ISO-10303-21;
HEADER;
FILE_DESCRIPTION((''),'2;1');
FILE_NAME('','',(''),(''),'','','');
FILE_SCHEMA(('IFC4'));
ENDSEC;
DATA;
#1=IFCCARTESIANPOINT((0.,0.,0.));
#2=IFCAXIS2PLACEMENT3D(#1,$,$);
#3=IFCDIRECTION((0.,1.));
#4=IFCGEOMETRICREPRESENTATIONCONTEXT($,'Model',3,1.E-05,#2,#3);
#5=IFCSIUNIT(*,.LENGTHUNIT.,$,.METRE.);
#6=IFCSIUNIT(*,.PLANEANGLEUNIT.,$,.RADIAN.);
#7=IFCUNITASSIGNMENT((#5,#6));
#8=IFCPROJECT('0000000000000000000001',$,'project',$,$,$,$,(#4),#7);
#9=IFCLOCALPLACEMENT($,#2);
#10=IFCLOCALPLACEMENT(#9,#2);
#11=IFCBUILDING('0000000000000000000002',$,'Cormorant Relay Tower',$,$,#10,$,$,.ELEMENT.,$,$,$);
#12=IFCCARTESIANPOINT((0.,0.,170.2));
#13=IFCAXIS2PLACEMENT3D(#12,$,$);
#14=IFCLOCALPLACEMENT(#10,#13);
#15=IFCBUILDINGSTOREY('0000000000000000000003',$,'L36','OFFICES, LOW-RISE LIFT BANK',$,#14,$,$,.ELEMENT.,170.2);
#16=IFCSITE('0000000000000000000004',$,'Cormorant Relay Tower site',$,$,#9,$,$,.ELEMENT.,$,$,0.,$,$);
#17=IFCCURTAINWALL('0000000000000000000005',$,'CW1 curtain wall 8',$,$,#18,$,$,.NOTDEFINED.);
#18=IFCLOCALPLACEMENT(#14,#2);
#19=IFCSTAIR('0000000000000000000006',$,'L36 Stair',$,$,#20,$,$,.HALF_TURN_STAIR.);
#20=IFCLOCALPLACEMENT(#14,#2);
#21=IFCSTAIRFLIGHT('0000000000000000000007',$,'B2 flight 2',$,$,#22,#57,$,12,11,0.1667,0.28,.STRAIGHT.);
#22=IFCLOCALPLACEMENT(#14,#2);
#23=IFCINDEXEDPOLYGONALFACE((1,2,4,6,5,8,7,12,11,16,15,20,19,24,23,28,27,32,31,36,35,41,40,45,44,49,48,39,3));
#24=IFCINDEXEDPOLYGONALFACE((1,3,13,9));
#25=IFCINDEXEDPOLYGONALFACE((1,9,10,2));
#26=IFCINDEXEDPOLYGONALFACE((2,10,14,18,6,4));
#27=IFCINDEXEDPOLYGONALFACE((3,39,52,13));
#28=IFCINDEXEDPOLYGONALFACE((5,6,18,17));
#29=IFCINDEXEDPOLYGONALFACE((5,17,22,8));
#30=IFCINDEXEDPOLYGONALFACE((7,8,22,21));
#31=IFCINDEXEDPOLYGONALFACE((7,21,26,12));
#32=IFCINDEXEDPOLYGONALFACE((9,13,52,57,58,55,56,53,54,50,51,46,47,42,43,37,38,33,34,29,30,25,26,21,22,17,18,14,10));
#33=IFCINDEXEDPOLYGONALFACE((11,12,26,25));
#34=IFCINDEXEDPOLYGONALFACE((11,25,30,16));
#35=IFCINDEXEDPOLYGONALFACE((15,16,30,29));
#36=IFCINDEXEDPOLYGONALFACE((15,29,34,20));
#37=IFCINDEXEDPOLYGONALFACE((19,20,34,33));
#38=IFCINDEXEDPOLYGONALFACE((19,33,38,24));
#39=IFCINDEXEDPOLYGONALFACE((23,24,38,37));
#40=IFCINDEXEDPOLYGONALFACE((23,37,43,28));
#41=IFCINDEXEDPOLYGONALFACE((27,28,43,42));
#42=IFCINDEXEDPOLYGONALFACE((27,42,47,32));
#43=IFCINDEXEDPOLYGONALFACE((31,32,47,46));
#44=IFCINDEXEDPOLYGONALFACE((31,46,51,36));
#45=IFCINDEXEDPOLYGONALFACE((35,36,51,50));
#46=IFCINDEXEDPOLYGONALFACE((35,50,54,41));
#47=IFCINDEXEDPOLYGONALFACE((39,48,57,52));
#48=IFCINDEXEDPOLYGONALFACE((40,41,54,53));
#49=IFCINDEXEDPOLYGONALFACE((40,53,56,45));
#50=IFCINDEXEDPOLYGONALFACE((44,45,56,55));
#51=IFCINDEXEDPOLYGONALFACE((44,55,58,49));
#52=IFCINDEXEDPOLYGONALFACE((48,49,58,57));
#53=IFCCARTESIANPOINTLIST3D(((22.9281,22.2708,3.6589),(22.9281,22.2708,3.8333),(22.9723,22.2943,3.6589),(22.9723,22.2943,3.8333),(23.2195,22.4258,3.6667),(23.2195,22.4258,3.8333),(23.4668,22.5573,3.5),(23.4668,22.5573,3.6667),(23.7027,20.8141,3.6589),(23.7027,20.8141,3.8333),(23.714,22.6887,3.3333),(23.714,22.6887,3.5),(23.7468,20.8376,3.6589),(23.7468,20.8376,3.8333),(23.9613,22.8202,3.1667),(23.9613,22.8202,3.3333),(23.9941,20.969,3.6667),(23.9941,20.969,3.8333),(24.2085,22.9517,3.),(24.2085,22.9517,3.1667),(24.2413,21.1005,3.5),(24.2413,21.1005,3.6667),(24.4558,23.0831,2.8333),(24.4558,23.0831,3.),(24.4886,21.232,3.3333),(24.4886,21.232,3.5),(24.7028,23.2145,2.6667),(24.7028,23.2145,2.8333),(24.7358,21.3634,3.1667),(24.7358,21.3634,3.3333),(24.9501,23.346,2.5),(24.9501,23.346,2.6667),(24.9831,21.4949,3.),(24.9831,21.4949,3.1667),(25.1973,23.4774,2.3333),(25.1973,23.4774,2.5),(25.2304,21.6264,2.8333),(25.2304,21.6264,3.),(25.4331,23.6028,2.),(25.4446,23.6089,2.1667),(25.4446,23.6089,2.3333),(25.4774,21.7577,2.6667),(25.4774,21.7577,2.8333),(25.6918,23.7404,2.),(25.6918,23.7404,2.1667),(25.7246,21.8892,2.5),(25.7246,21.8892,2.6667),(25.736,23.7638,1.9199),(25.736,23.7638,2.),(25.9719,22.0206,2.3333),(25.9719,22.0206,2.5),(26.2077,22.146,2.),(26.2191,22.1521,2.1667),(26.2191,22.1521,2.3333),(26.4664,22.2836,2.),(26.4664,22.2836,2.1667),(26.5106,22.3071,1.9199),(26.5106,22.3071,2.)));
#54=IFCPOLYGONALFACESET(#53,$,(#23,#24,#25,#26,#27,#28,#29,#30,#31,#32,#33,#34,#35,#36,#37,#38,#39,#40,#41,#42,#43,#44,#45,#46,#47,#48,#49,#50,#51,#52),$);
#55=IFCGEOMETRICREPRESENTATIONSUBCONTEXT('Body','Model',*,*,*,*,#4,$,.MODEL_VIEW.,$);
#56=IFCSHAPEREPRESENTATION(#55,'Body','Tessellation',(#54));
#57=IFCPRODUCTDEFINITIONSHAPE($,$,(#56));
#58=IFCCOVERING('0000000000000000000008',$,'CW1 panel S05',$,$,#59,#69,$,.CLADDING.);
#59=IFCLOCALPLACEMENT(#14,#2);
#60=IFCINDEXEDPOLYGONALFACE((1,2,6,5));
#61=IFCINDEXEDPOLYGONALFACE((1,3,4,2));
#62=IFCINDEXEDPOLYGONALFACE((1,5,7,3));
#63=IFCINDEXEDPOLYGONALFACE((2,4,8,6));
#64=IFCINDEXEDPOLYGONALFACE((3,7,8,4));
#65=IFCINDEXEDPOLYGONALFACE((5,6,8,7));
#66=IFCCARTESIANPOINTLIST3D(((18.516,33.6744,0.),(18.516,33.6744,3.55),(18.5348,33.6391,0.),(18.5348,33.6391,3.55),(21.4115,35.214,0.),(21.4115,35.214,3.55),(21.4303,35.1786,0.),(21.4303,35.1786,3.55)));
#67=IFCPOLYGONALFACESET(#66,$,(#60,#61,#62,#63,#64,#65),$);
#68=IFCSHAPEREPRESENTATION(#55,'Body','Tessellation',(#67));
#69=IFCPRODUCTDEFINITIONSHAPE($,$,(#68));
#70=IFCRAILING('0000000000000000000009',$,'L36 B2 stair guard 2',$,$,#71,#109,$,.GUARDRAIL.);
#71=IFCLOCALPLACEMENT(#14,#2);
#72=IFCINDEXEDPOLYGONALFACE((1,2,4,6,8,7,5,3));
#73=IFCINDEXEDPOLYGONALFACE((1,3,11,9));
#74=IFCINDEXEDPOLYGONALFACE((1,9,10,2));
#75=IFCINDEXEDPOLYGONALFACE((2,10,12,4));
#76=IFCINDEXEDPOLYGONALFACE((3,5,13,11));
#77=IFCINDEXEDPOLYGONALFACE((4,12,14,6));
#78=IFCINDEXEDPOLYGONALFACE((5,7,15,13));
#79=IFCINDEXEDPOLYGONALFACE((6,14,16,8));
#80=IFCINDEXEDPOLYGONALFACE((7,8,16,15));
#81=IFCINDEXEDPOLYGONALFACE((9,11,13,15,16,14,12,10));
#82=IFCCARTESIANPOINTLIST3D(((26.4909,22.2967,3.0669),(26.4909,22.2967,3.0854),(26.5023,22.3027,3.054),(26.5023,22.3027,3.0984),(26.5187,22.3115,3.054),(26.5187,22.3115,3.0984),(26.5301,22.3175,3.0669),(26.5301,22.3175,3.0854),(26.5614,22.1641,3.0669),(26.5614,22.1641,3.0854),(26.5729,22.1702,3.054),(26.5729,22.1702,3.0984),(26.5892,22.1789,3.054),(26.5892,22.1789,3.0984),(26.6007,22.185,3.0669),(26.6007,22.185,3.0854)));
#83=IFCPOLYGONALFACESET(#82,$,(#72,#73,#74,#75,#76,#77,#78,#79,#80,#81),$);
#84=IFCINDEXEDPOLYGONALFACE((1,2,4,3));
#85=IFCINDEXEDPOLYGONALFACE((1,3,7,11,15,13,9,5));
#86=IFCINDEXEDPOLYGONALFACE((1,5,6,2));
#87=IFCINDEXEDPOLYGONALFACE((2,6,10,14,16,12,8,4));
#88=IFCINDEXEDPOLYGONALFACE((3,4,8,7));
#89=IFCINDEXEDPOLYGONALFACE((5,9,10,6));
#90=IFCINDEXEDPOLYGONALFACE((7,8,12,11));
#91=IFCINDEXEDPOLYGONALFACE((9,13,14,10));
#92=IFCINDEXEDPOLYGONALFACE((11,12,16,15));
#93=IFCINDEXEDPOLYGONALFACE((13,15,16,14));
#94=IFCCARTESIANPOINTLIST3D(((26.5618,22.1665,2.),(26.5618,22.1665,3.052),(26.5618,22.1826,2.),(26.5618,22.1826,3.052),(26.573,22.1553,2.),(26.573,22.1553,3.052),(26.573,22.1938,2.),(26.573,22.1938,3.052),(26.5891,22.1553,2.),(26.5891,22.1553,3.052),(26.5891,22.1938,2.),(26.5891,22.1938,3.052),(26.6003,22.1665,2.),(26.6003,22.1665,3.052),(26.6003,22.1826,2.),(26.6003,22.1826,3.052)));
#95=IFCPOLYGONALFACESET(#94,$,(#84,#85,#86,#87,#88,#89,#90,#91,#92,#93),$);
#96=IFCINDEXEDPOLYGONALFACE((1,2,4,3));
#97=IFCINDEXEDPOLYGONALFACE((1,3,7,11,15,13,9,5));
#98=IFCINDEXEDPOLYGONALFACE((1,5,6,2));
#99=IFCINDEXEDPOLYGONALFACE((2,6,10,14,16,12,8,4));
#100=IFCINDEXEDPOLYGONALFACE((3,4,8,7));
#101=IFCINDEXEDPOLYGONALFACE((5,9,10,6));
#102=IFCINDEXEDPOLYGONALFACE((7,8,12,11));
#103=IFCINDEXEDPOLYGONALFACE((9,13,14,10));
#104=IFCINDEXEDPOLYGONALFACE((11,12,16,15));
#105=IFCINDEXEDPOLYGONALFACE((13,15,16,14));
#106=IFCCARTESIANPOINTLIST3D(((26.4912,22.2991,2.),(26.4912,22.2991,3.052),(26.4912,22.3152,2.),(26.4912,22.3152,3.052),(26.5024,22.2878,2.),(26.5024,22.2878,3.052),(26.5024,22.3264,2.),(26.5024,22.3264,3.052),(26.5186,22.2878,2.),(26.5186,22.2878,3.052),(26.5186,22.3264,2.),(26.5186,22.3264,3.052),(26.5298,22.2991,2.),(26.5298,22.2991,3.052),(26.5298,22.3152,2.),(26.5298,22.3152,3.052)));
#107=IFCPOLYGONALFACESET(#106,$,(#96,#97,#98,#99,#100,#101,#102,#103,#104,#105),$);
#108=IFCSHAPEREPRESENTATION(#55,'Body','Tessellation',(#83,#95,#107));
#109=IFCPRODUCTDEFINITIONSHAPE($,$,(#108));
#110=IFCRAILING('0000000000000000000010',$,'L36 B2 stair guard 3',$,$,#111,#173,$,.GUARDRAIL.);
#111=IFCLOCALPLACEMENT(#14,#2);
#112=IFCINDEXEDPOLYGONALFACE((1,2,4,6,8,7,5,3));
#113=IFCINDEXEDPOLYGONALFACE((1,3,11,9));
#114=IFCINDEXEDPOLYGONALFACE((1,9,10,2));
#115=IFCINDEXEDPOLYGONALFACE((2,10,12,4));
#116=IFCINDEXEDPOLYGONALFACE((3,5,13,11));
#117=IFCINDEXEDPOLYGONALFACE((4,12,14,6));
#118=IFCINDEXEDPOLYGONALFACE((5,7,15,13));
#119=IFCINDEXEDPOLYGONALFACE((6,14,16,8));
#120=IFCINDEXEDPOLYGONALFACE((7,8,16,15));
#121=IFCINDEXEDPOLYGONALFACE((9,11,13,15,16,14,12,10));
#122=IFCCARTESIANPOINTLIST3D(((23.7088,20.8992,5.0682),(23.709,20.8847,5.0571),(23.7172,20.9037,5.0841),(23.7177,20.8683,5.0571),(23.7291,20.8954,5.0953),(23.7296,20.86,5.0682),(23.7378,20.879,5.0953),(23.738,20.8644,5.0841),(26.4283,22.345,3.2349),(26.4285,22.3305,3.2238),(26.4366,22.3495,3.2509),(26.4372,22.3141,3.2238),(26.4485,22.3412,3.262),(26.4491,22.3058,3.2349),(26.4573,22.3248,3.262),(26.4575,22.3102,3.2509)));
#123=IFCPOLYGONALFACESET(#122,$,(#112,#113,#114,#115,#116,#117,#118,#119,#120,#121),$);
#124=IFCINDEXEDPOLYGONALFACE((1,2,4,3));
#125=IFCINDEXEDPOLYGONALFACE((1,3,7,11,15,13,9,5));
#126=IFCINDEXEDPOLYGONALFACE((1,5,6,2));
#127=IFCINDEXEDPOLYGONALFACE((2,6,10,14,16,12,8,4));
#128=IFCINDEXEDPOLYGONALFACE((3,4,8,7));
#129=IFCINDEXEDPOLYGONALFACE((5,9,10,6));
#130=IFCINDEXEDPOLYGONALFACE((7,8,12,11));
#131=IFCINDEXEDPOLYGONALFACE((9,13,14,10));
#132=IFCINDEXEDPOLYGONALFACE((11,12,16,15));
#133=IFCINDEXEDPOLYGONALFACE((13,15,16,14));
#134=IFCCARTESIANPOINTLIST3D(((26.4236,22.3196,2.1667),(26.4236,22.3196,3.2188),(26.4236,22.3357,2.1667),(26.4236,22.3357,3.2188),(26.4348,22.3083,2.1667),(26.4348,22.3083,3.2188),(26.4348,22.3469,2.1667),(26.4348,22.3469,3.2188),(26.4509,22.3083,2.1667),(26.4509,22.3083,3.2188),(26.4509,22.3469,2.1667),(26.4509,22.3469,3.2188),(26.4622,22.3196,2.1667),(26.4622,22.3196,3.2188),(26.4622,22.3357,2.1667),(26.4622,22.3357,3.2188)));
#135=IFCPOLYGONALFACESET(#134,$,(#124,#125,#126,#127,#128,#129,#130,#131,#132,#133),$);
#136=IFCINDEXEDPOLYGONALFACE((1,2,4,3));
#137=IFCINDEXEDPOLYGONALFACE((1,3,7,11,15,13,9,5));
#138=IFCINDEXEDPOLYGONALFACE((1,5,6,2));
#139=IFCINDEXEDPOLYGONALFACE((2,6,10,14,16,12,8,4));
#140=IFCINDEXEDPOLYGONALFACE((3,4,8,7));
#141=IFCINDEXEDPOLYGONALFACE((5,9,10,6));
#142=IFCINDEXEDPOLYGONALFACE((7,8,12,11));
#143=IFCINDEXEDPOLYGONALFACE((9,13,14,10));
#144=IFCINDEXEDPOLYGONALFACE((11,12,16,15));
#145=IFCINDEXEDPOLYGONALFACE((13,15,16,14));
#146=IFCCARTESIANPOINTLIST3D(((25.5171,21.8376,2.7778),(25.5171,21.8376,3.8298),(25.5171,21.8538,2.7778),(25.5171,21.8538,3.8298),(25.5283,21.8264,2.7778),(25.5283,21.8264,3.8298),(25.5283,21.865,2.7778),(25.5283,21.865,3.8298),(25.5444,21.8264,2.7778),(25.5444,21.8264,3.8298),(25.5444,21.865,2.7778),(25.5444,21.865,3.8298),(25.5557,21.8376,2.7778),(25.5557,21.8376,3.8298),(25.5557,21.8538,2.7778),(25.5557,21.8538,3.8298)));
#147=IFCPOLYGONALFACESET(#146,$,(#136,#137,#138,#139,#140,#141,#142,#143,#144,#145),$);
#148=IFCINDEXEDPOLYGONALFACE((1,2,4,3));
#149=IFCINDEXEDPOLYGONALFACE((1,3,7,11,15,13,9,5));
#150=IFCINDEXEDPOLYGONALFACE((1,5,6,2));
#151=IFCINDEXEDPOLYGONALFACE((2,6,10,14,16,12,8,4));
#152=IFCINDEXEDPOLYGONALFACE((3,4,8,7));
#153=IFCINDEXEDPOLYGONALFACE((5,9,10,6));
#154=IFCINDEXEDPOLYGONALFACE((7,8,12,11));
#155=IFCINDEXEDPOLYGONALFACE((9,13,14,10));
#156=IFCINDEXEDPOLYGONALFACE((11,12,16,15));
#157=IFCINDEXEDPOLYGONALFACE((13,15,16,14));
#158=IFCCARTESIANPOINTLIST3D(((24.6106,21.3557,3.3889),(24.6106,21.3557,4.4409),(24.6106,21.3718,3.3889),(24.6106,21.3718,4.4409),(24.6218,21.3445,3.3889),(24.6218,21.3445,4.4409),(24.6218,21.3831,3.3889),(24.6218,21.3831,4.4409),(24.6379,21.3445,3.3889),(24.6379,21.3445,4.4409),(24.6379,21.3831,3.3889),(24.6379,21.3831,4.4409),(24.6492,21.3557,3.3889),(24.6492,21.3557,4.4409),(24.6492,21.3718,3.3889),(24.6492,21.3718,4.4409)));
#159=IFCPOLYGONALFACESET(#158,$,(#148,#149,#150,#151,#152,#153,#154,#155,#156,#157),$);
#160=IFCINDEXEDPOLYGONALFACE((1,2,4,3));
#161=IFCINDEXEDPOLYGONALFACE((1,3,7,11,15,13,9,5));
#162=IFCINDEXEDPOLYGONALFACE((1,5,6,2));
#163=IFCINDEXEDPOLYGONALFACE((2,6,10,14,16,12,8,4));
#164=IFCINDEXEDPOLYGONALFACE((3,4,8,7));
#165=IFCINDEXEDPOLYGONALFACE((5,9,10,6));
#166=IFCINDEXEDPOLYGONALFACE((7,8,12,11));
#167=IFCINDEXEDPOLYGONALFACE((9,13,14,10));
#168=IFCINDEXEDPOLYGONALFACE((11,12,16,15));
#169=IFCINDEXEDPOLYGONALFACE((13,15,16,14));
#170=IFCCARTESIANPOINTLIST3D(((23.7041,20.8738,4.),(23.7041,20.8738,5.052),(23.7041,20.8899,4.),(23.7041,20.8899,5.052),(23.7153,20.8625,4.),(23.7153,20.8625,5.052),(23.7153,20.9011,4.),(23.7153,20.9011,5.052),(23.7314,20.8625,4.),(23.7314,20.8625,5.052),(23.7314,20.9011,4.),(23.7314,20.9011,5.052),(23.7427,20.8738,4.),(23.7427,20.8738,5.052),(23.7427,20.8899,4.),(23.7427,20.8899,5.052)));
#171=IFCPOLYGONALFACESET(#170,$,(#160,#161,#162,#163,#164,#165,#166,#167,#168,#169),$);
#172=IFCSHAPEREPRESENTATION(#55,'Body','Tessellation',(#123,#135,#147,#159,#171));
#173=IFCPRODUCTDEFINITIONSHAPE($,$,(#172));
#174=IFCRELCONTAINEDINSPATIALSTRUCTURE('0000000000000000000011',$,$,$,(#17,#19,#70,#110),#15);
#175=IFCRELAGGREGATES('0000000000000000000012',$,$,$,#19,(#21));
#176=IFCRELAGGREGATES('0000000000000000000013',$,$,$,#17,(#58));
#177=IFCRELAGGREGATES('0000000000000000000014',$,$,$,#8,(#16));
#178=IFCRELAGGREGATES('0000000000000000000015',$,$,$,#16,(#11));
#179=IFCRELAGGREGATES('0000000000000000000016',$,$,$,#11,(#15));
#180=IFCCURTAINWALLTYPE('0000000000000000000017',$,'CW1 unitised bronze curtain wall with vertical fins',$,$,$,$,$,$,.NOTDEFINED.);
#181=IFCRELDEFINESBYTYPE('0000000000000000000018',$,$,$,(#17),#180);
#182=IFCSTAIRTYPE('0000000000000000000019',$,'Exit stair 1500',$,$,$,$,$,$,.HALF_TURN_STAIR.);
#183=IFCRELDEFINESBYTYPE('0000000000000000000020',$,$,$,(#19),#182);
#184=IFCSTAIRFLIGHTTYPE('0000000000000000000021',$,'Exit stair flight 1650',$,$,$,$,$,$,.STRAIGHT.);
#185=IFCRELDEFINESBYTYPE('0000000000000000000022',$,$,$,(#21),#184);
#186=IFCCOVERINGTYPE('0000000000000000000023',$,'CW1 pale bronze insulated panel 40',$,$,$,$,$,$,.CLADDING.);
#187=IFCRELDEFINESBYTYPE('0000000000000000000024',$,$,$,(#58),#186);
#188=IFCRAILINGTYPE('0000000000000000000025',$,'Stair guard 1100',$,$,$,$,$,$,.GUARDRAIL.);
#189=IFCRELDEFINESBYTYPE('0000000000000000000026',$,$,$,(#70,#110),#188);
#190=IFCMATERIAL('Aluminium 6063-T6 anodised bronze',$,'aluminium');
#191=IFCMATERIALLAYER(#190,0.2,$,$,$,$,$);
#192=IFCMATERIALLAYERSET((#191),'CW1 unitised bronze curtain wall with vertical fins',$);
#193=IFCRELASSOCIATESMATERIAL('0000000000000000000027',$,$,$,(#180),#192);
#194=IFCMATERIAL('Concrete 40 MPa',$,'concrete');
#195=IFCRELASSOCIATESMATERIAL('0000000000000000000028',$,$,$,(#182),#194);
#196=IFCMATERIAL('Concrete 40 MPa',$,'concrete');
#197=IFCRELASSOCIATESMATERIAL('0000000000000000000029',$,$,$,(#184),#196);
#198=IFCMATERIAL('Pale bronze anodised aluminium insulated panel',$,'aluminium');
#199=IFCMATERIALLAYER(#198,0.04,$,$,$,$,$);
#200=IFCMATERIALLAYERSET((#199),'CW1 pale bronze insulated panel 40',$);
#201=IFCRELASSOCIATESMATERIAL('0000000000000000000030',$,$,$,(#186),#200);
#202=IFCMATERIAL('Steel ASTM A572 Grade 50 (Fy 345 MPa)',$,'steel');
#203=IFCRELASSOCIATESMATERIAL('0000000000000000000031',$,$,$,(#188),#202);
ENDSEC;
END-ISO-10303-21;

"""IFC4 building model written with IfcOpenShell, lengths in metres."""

from ifc_helpers import new_model, si_unit, direction, frame, origin, origin_2d, place, context, subcontext, project, spatial, polyline, rectangle, outline, extrude, material, layer, layer_set, type_object, element, aggregate, save


model = new_model("IFC4")

# Units and contexts
model_context = context("Model", 3, precision=1e-05, world=origin(), true_north=direction((0.0, 1.0)))
body_context = subcontext(model_context, "Body", "Model", "MODEL_VIEW")
ifc_project = project(units=[si_unit("LENGTHUNIT", "METRE"), si_unit("PLANEANGLEUNIT", "RADIAN")], contexts=[model_context])

# Site, building, storey
site_placement = place(None, origin())
site = spatial("IfcSite", under=ifc_project, at=site_placement, Name="Cormorant Relay Tower site", CompositionType="ELEMENT", RefElevation=0.0)
building_placement = place(site_placement, origin())
building = spatial("IfcBuilding", under=site, at=building_placement, Name="Cormorant Relay Tower", CompositionType="ELEMENT")
storey_placement = place(building_placement, frame((0.0, 0.0, 170.2)))
storey = spatial("IfcBuildingStorey", under=building, at=storey_placement, Name="L36", Description="OFFICES, LOW-RISE LIFT BANK", CompositionType="ELEMENT", Elevation=170.2)

# Curtain wall
ifc_material_1 = material(Name="Aluminium 6063-T6 anodised bronze", Category="aluminium")
ifc_layer_1 = layer(ifc_material_1, 0.2)
ifc_layer_set_1 = layer_set([ifc_layer_1], Name="CW1 unitised bronze curtain wall with vertical fins")
curtain_wall_type = type_object("IfcCurtainWallType", Name="CW1 unitised bronze curtain wall with vertical fins", PredefinedType="NOTDEFINED", material=ifc_layer_set_1)
curtain_wall_placement = place(storey_placement, origin())
curtain_wall = element("IfcCurtainWall", 1, at=curtain_wall_placement, inside=storey, type_object=curtain_wall_type, Name="CW1 curtain wall 8", PredefinedType="NOTDEFINED")

# Stair, stair flight
ifc_material_2 = material(Name="Concrete 40 MPa", Category="concrete")
stair_type = type_object("IfcStairType", Name="Exit stair 1500", PredefinedType="HALF_TURN_STAIR", material=ifc_material_2)
stair_placement = place(storey_placement, origin())
stair = element("IfcStair", 2, at=stair_placement, inside=storey, type_object=stair_type, Name="L36 Stair", PredefinedType="HALF_TURN_STAIR")
ifc_material_3 = material(Name="Concrete 40 MPa", Category="concrete")
stair_flight_type = type_object("IfcStairFlightType", Name="Exit stair flight 1650", PredefinedType="STRAIGHT", material=ifc_material_3)
stair_flight_placement = place(storey_placement, frame((26.0791, 23.012, 2.0), z_axis=(0.0, 0.0, 1.0), x_axis=(-0.882948, -0.469472, 0.0)))
stair_flight = element("IfcStairFlight", 3, at=stair_flight_placement, type_object=stair_flight_type, Name="B2 flight 2", NumberOfRisers=12, NumberOfTreads=11, PredefinedType="STRAIGHT", RiserHeight=0.1667, TreadLength=0.28, context=body_context, shape_type="SweptSolid", body=[
    extrude(outline(polyline([(-0.05, -0.0801), (-0.05, 0.0), (0.0, 0.0), (0.0, 0.1667), (0.28, 0.1667), (0.28, 0.3333), (0.5601, 0.3333), (0.5601, 0.5), (0.8401, 0.5), (0.8401, 0.6667), (1.1201, 0.6667), (1.1201, 0.8333), (1.3999, 0.8333), (1.3999, 1.0), (1.6799, 1.0), (1.6799, 1.1667), (1.96, 1.1667), (1.96, 1.3333), (2.24, 1.3333), (2.24, 1.5), (2.52, 1.5), (2.52, 1.6667), (2.8, 1.6667), (2.8, 1.8333), (3.0801, 1.8333), (3.1301, 1.8333), (3.1301, 1.6589), (3.0801, 1.6589), (0.293, 0.0), (-0.05, -0.0801)])), frame((0.0, 0.825, 0.0), z_axis=(0.0, -1.0, 0.0), x_axis=(1.0, 0.0, 0.0)), (0.0, 0.0, 1.0), 1.6499),
])
aggregate(stair, [stair_flight])

# Covering
ifc_material_4 = material(Name="Pale bronze anodised aluminium insulated panel", Category="aluminium")
ifc_layer_2 = layer(ifc_material_4, 0.04)
ifc_layer_set_2 = layer_set([ifc_layer_2], Name="CW1 pale bronze insulated panel 40")
covering_type = type_object("IfcCoveringType", Name="CW1 pale bronze insulated panel 40", PredefinedType="CLADDING", material=ifc_layer_set_2)
covering_placement = place(storey_placement, frame((19.9731, 34.4265, 0.0), z_axis=(0.0, 0.0, 1.0), x_axis=(-0.882948, -0.469472, 0.0)))
covering = element("IfcCovering", 4, at=covering_placement, type_object=covering_type, Name="CW1 panel S05", PredefinedType="CLADDING", context=body_context, shape_type="SweptSolid", body=[
    extrude(rectangle(XDim=3.2793, YDim=0.04, at=origin_2d()), origin(), (0.0, 0.0, 1.0), 3.55),
])
aggregate(curtain_wall, [covering])

# Railings
ifc_material_5 = material(Name="Steel ASTM A572 Grade 50 (Fy 345 MPa)", Category="steel")
railing_type_1 = type_object("IfcRailingType", Name="Stair guard 1100", PredefinedType="GUARDRAIL", material=ifc_material_5)
railing_1_placement = place(storey_placement, frame((26.5811, 22.1746, 2.0)))
element("IfcRailing", 5, at=railing_1_placement, inside=storey, type_object=railing_type_1, Name="L36 B2 stair guard 2", PredefinedType="GUARDRAIL", context=body_context, shape_type="SweptSolid", body=[
    extrude(outline(polyline([(0.0222, 0.0093), (0.0093, 0.0222), (-0.0093, 0.0222), (-0.0222, 0.0093), (-0.0222, -0.0093), (-0.0093, -0.0222), (0.0093, -0.0222), (0.0222, -0.0093), (0.0222, 0.0093)])), frame((0.0, 0.0, 1.0762), z_axis=(-0.469829, 0.882758, 0.0), x_axis=(-0.882758, -0.469829, 0.0)), (0.0, 0.0, 1.0), 0.1501),
    extrude(outline(polyline([(0.0193, 0.0081), (0.0081, 0.0193), (-0.0081, 0.0193), (-0.0193, 0.0081), (-0.0193, -0.0081), (-0.0081, -0.0193), (0.0081, -0.0193), (0.0193, -0.0081), (0.0193, 0.0081)])), origin(), (0.0, 0.0, 1.0), 1.052),
    extrude(outline(polyline([(0.0193, 0.0081), (0.0081, 0.0193), (-0.0081, 0.0193), (-0.0193, 0.0081), (-0.0193, -0.0081), (-0.0081, -0.0193), (0.0081, -0.0193), (0.0193, -0.0081), (0.0193, 0.0081)])), frame((-0.0706, 0.1326, 0.0)), (0.0, 0.0, 1.0), 1.052),
])
railing_2_placement = place(storey_placement, frame((26.4429, 22.3276, 2.1667)))
element("IfcRailing", 6, at=railing_2_placement, inside=storey, type_object=railing_type_1, Name="L36 B2 stair guard 3", PredefinedType="GUARDRAIL", context=body_context, shape_type="SweptSolid", body=[
    extrude(outline(polyline([(0.0222, 0.0093), (0.0093, 0.0222), (-0.0093, 0.0222), (-0.0222, 0.0093), (-0.0222, -0.0093), (-0.0093, -0.0222), (0.0093, -0.0222), (0.0222, -0.0093), (0.0222, 0.0093)])), frame((0.0, 0.0, 1.0762), z_axis=(-0.758735, -0.403378, 0.511477), x_axis=(0.469428, -0.882971, 0.0)), (0.0, 0.0, 1.0), 3.5842),
    extrude(outline(polyline([(0.0193, 0.0081), (0.0081, 0.0193), (-0.0081, 0.0193), (-0.0193, 0.0081), (-0.0193, -0.0081), (-0.0081, -0.0193), (0.0081, -0.0193), (0.0193, -0.0081), (0.0193, 0.0081)])), origin(), (0.0, 0.0, 1.0), 1.052),
    extrude(outline(polyline([(0.0193, 0.0081), (0.0081, 0.0193), (-0.0081, 0.0193), (-0.0193, 0.0081), (-0.0193, -0.0081), (-0.0081, -0.0193), (0.0081, -0.0193), (0.0193, -0.0081), (0.0193, 0.0081)])), frame((-0.9065, -0.4819, 0.6111)), (0.0, 0.0, 1.0), 1.052),
    extrude(outline(polyline([(0.0193, 0.0081), (0.0081, 0.0193), (-0.0081, 0.0193), (-0.0193, 0.0081), (-0.0193, -0.0081), (-0.0081, -0.0193), (0.0081, -0.0193), (0.0193, -0.0081), (0.0193, 0.0081)])), frame((-1.813, -0.9639, 1.2222)), (0.0, 0.0, 1.0), 1.052),
    extrude(outline(polyline([(0.0193, 0.0081), (0.0081, 0.0193), (-0.0081, 0.0193), (-0.0193, 0.0081), (-0.0193, -0.0081), (-0.0081, -0.0193), (0.0081, -0.0193), (0.0193, -0.0081), (0.0193, 0.0081)])), frame((-2.7195, -1.4458, 1.8333)), (0.0, 0.0, 1.0), 1.052),
])

save(model, "model.ifc")
